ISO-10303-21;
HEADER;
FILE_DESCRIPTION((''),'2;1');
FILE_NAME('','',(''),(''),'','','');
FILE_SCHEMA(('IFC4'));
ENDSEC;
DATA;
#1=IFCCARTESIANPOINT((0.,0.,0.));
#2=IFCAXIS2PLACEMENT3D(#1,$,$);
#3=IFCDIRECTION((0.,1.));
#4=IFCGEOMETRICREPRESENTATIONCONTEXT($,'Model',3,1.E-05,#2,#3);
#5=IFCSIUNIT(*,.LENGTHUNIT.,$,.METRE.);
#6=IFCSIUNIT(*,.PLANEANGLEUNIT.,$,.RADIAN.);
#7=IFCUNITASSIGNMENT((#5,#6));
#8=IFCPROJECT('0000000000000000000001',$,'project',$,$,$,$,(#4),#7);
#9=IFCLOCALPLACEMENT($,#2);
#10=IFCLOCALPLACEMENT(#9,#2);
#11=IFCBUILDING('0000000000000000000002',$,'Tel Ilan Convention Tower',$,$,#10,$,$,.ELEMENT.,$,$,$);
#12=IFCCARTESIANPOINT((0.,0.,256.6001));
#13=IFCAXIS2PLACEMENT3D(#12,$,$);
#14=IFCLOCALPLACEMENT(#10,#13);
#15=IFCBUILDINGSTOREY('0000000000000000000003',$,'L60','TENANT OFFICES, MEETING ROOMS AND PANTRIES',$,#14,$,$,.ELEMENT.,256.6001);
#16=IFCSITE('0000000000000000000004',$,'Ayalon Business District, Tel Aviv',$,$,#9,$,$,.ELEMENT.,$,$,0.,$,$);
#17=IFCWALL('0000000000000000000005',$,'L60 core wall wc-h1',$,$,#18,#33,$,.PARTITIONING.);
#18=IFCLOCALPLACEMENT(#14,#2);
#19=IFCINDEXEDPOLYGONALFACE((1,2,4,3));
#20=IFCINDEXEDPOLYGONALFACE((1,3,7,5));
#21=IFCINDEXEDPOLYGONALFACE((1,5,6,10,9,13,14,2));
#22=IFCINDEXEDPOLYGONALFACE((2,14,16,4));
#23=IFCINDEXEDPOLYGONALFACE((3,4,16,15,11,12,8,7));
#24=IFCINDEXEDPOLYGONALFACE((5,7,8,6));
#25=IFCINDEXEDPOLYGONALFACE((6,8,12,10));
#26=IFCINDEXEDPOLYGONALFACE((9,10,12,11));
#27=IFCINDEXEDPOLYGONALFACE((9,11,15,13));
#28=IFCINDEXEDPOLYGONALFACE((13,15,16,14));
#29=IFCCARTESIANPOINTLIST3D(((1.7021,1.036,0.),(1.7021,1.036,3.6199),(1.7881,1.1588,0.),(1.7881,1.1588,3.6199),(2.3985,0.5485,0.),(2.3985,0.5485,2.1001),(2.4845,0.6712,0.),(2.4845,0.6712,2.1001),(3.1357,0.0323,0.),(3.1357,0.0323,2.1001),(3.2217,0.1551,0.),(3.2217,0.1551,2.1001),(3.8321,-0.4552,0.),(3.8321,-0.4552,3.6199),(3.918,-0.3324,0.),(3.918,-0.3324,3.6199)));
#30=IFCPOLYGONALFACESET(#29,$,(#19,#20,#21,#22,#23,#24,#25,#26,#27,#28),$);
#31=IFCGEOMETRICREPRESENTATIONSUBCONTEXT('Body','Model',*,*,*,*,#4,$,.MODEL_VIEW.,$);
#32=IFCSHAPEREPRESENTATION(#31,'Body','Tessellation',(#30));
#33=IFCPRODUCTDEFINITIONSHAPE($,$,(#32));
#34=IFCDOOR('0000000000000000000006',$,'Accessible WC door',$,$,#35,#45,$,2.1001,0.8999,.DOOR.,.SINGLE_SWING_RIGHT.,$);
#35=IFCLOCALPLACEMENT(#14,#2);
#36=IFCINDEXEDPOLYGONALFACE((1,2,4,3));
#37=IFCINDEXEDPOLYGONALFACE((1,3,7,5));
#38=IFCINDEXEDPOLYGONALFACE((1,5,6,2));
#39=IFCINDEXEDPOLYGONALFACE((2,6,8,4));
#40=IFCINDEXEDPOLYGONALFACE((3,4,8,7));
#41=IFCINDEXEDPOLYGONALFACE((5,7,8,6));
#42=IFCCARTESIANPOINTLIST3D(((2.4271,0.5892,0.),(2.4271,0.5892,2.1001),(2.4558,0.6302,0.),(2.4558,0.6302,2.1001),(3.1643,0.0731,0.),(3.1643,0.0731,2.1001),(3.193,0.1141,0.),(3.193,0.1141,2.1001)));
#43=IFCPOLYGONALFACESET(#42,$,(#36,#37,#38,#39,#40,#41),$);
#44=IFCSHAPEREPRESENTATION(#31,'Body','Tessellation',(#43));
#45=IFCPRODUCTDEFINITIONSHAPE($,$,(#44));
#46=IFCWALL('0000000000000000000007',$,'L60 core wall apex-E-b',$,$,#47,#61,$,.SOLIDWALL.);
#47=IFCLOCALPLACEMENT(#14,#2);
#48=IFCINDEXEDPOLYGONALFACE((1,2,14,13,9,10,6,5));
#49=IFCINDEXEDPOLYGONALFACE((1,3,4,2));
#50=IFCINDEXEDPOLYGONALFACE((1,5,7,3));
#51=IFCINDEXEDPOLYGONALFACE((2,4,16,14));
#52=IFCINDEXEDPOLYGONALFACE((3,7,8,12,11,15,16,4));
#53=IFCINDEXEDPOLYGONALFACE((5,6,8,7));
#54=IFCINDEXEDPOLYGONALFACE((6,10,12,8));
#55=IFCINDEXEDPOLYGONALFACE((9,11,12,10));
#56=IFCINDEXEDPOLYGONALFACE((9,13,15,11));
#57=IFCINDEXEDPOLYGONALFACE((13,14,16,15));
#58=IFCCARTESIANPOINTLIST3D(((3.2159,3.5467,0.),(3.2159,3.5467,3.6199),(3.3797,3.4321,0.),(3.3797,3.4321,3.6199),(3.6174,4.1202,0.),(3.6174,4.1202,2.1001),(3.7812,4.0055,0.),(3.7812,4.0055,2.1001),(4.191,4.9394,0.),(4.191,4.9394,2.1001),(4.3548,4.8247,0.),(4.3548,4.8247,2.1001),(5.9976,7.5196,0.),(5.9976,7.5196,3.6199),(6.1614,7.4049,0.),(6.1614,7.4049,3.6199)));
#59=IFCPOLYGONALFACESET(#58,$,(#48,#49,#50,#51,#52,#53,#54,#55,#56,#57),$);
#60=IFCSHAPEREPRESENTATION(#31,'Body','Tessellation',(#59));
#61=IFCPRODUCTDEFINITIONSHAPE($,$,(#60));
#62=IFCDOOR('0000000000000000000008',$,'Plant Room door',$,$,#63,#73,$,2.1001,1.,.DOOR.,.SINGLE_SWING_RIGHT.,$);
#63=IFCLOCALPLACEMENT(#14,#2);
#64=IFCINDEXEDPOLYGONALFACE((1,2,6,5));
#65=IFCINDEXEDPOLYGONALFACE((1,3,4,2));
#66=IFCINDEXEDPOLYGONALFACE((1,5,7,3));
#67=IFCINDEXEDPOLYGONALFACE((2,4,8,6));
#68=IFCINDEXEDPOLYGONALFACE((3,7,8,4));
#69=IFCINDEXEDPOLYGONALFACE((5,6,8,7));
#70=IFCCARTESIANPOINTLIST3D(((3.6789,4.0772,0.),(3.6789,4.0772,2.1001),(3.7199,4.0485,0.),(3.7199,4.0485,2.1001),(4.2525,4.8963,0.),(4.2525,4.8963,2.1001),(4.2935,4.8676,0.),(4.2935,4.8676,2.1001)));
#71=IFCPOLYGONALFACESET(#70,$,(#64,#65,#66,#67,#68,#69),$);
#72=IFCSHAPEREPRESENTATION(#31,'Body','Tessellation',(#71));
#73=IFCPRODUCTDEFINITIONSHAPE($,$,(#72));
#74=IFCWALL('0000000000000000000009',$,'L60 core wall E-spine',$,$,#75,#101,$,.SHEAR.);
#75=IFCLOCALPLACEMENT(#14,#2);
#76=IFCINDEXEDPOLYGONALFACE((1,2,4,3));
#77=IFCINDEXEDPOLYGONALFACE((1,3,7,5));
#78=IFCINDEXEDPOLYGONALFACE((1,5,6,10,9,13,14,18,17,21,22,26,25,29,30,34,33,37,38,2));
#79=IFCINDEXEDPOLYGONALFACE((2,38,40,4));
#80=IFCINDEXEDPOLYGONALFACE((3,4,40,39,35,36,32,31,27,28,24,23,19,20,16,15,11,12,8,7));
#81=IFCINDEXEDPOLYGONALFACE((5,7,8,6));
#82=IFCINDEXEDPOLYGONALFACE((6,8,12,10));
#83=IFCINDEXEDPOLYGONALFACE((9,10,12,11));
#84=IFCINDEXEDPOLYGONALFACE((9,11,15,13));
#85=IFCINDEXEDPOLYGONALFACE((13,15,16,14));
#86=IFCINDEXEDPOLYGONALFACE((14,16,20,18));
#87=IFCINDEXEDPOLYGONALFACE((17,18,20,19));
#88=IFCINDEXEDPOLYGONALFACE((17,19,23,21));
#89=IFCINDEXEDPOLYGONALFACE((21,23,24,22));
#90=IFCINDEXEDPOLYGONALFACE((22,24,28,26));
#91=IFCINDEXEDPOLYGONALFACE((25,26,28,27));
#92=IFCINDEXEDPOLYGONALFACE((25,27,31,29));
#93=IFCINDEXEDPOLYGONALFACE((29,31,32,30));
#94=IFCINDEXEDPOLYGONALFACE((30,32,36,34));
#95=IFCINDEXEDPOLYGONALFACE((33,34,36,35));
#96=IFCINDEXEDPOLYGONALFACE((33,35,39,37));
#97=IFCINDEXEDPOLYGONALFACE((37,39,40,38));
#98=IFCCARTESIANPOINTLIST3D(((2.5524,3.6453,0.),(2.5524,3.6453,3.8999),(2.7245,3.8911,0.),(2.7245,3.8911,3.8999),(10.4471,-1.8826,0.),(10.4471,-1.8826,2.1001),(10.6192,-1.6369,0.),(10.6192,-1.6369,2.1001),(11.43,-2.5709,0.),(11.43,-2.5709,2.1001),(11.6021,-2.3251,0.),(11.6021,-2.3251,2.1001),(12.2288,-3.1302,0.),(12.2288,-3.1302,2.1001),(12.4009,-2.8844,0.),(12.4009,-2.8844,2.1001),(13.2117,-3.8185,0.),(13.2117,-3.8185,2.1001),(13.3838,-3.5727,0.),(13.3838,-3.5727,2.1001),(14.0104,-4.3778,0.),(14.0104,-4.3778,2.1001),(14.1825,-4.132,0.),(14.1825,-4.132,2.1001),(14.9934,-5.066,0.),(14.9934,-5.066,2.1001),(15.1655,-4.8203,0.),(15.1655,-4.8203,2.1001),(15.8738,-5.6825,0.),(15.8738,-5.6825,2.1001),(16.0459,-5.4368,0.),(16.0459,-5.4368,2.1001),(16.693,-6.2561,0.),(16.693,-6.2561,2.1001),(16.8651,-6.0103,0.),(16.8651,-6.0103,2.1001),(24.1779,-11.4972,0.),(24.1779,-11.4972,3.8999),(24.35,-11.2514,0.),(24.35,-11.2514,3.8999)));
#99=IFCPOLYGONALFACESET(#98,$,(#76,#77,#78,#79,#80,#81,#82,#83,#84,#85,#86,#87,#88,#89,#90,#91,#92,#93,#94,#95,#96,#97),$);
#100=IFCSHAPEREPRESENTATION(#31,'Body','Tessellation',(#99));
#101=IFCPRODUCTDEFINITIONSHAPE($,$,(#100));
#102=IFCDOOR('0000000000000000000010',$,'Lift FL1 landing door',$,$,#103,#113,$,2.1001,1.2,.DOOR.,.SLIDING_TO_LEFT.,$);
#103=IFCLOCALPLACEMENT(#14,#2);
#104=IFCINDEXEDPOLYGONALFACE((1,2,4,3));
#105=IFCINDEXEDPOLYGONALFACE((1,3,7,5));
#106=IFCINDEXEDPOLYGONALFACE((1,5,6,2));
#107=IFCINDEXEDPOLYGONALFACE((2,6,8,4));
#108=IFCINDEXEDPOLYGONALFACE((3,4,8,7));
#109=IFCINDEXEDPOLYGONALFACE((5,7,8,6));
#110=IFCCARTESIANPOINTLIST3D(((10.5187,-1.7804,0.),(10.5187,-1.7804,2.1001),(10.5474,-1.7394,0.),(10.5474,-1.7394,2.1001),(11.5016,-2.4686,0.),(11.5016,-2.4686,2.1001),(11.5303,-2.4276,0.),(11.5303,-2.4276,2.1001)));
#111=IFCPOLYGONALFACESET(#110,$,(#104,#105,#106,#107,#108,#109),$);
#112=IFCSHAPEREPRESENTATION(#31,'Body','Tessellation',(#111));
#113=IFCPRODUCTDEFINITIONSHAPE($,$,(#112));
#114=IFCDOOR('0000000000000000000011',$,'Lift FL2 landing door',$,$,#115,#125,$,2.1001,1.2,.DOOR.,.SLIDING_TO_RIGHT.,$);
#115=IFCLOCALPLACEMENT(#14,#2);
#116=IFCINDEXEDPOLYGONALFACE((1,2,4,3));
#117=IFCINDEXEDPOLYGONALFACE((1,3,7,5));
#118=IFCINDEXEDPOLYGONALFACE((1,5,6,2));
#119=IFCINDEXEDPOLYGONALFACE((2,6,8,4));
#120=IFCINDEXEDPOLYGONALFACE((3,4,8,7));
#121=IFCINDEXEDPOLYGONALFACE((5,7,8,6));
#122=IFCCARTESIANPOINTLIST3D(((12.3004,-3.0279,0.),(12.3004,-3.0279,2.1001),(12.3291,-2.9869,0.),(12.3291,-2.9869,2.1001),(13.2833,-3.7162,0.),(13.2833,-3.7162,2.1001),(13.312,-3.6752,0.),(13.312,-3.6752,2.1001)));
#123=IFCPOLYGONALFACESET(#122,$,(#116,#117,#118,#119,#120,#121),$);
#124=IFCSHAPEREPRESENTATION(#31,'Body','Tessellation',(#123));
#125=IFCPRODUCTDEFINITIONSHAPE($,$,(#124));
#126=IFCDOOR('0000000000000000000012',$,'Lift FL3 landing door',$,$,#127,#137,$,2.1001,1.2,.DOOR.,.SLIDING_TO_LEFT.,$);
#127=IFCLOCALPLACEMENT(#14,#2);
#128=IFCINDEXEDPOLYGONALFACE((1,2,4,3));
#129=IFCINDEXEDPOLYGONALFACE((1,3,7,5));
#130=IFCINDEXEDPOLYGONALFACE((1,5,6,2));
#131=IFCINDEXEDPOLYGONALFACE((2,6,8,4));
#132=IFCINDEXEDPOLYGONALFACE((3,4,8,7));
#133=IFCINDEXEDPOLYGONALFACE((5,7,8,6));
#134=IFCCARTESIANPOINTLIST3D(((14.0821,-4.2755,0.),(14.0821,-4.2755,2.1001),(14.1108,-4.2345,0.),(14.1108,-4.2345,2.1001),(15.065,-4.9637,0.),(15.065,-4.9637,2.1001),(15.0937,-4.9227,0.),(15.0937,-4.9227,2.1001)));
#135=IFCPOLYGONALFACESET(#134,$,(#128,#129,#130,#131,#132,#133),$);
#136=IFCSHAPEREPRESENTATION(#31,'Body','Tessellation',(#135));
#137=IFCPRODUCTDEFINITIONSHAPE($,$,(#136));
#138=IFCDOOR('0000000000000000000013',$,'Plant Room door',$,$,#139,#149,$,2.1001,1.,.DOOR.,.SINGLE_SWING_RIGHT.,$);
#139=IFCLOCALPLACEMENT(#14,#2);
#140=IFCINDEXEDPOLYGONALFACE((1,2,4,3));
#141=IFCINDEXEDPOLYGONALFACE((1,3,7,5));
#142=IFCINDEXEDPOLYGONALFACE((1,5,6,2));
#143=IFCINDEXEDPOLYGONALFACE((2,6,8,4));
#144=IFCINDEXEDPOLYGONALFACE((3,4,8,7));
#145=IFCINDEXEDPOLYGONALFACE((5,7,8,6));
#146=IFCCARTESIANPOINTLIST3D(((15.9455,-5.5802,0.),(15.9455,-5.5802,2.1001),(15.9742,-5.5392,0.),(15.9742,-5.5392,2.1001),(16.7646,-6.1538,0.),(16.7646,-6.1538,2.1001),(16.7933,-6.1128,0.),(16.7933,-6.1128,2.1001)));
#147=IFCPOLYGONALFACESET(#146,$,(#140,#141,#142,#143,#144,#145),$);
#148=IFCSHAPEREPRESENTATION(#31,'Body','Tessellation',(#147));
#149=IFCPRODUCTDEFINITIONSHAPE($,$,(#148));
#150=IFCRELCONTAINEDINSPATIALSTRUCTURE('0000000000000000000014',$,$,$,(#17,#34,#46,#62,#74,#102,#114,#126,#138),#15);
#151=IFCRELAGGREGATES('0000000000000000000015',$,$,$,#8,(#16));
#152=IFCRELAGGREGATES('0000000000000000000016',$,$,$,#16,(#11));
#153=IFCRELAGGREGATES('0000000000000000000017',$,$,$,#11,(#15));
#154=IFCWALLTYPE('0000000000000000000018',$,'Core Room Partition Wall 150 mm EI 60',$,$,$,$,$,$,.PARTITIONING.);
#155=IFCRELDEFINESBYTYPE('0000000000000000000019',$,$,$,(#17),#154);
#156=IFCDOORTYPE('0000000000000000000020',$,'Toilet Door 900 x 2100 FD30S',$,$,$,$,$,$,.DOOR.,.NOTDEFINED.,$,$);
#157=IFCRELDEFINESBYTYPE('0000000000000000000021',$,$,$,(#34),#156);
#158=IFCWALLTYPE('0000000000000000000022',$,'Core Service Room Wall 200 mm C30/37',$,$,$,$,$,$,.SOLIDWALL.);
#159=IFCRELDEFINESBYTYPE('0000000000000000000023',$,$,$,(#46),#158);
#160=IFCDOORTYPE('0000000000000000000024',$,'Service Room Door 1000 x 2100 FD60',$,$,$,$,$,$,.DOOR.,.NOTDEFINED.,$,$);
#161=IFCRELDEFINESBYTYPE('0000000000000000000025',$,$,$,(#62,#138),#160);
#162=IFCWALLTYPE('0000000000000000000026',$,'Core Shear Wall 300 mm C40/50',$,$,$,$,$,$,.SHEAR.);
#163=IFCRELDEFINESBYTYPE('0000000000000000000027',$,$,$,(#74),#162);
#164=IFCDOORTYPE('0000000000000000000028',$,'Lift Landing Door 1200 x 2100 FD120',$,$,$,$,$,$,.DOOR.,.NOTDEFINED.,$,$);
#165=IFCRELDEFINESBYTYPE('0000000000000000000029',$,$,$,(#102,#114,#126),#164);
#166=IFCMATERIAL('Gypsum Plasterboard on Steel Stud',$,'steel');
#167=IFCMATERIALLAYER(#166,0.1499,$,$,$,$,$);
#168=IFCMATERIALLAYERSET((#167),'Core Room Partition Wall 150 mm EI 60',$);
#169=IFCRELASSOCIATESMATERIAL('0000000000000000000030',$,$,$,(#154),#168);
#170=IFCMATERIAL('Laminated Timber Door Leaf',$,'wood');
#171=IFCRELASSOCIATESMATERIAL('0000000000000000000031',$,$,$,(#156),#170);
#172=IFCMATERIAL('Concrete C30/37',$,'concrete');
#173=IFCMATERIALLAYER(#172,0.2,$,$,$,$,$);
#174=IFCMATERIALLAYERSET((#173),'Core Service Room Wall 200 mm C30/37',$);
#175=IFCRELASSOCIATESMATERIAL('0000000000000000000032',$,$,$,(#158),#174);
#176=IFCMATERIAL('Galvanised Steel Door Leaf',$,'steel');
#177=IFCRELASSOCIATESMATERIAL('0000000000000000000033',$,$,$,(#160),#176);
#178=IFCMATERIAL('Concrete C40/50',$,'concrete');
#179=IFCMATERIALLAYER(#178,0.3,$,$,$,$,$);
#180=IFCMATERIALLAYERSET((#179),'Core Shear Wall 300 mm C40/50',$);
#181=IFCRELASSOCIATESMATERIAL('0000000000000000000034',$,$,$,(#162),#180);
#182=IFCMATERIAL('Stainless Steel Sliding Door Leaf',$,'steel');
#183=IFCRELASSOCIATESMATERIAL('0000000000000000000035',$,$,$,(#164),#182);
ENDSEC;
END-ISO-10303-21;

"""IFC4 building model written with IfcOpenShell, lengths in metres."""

from ifc_helpers import new_model, si_unit, direction, frame, frame_2d, origin, place, context, subcontext, project, spatial, polyline, rectangle, outline, extrude, material, layer, layer_set, type_object, element, fill, save


model = new_model("IFC4")

# Units and contexts
model_context = context("Model", 3, precision=1e-05, world=origin(), true_north=direction((0.0, 1.0)))
body_context = subcontext(model_context, "Body", "Model", "MODEL_VIEW")
ifc_project = project(units=[si_unit("LENGTHUNIT", "METRE"), si_unit("PLANEANGLEUNIT", "RADIAN")], contexts=[model_context])

# Site, building, storey
site_placement = place(None, origin())
site = spatial("IfcSite", under=ifc_project, at=site_placement, Name="Ayalon Business District, Tel Aviv", CompositionType="ELEMENT", RefElevation=0.0)
building_placement = place(site_placement, origin())
building = spatial("IfcBuilding", under=site, at=building_placement, Name="Tel Ilan Convention Tower", CompositionType="ELEMENT")
storey_placement = place(building_placement, frame((0.0, 0.0, 256.6001)))
storey = spatial("IfcBuildingStorey", under=building, at=storey_placement, Name="L60", Description="TENANT OFFICES, MEETING ROOMS AND PANTRIES", CompositionType="ELEMENT", Elevation=256.6001)

# Walls, openings, doors
ifc_material_1 = material(Name="Gypsum Plasterboard on Steel Stud", Category="steel")
ifc_layer_1 = layer(ifc_material_1, 0.1499)
ifc_layer_set_1 = layer_set([ifc_layer_1], Name="Core Room Partition Wall 150 mm EI 60")
wall_type_1 = type_object("IfcWallType", Name="Core Room Partition Wall 150 mm EI 60", PredefinedType="PARTITIONING", material=ifc_layer_set_1)
wall_1_placement = place(storey_placement, frame((1.7451, 1.0974, 0.0), z_axis=(0.0, 0.0, 1.0), x_axis=(0.819179, -0.573538, 0.0)))
wall_1 = element("IfcWall", 1, at=wall_1_placement, inside=storey, type_object=wall_type_1, Name="L60 core wall wc-h1", PredefinedType="PARTITIONING", context=body_context, shape_type="SweptSolid", body=[
    extrude(rectangle(XDim=2.6001, YDim=0.1499, at=frame_2d((1.3, 0.0))), origin(), (0.0, 0.0, 1.0), 3.6199),
])
opening_1_placement = place(wall_1_placement, frame((0.8501, 0.0, 0.0)))
opening_1 = element("IfcOpeningElement", 2, at=opening_1_placement, cuts=wall_1, PredefinedType="OPENING", context=body_context, shape_type="SweptSolid", body=[
    extrude(rectangle(XDim=0.8999, YDim=2.1001, at=frame_2d((0.45, 1.05))), frame((0.0, 0.085, 0.0), z_axis=(0.0, -1.0, 0.0), x_axis=(1.0, 0.0, 0.0)), (0.0, 0.0, 1.0), 0.1699),
])
ifc_material_2 = material(Name="Laminated Timber Door Leaf", Category="wood")
door_type_1 = type_object("IfcDoorType", Name="Toilet Door 900 x 2100 FD30S", OperationType="NOTDEFINED", PredefinedType="DOOR", material=ifc_material_2)
door_1_placement = place(opening_1_placement, origin())
door_1 = element("IfcDoor", 3, at=door_1_placement, inside=storey, type_object=door_type_1, Name="Accessible WC door", OperationType="SINGLE_SWING_RIGHT", OverallHeight=2.1001, OverallWidth=0.8999, PredefinedType="DOOR", context=body_context, shape_type="SweptSolid", body=[
    extrude(rectangle(XDim=0.8999, YDim=2.1001, at=frame_2d((0.45, 1.05))), frame((0.0, 0.0249, 0.0), z_axis=(0.0, -1.0, 0.0), x_axis=(1.0, 0.0, 0.0)), (0.0, 0.0, 1.0), 0.05),
])
fill(opening_1, door_1)
ifc_material_3 = material(Name="Concrete C30/37", Category="concrete")
ifc_layer_2 = layer(ifc_material_3, 0.2)
ifc_layer_set_2 = layer_set([ifc_layer_2], Name="Core Service Room Wall 200 mm C30/37")
wall_type_2 = type_object("IfcWallType", Name="Core Service Room Wall 200 mm C30/37", PredefinedType="SOLIDWALL", material=ifc_layer_set_2)
wall_2_placement = place(storey_placement, frame((3.2979, 3.4895, 0.0), z_axis=(0.0, 0.0, 1.0), x_axis=(0.57356, 0.819163, 0.0)))
wall_2 = element("IfcWall", 4, at=wall_2_placement, inside=storey, type_object=wall_type_2, Name="L60 core wall apex-E-b", PredefinedType="SOLIDWALL", context=body_context, shape_type="SweptSolid", body=[
    extrude(rectangle(XDim=4.8499, YDim=0.2, at=frame_2d((2.4248, 0.0))), origin(), (0.0, 0.0, 1.0), 3.6199),
])
opening_2_placement = place(wall_2_placement, frame((0.7, 0.0, 0.0)))
opening_2 = element("IfcOpeningElement", 5, at=opening_2_placement, cuts=wall_2, PredefinedType="OPENING", context=body_context, shape_type="SweptSolid", body=[
    extrude(rectangle(XDim=1.0, YDim=2.1001, at=frame_2d((0.5, 1.05))), frame((0.0, 0.1099, 0.0), z_axis=(0.0, -1.0, 0.0), x_axis=(1.0, 0.0, 0.0)), (0.0, 0.0, 1.0), 0.22),
])
ifc_material_4 = material(Name="Galvanised Steel Door Leaf", Category="steel")
door_type_2 = type_object("IfcDoorType", Name="Service Room Door 1000 x 2100 FD60", OperationType="NOTDEFINED", PredefinedType="DOOR", material=ifc_material_4)
door_2_placement = place(opening_2_placement, origin())
door_2 = element("IfcDoor", 6, at=door_2_placement, inside=storey, type_object=door_type_2, Name="Plant Room door", OperationType="SINGLE_SWING_RIGHT", OverallHeight=2.1001, OverallWidth=1.0, PredefinedType="DOOR", context=body_context, shape_type="SweptSolid", body=[
    extrude(rectangle(XDim=1.0, YDim=2.1001, at=frame_2d((0.5, 1.05))), frame((0.0, 0.0249, 0.0), z_axis=(0.0, -1.0, 0.0), x_axis=(1.0, 0.0, 0.0)), (0.0, 0.0, 1.0), 0.05),
])
fill(opening_2, door_2)

# Wall, openings, doors
ifc_material_5 = material(Name="Concrete C40/50", Category="concrete")
ifc_layer_3 = layer(ifc_material_5, 0.3)
ifc_layer_set_3 = layer_set([ifc_layer_3], Name="Core Shear Wall 300 mm C40/50")
wall_type_3 = type_object("IfcWallType", Name="Core Shear Wall 300 mm C40/50", PredefinedType="SHEAR", material=ifc_layer_set_3)
wall_3_placement = place(storey_placement, frame((2.6384, 3.7681, 0.0), z_axis=(0.0, 0.0, 1.0), x_axis=(0.819155, -0.573572, 0.0)))
wall_3 = element("IfcWall", 7, at=wall_3_placement, inside=storey, type_object=wall_type_3, Name="L60 core wall E-spine", PredefinedType="SHEAR", context=body_context, shape_type="SweptSolid", body=[
    extrude(outline(polyline([(0.0, 0.1501), (0.0, -0.1499), (26.3999, -0.1501), (26.3999, 0.1499), (0.0, 0.1501)])), origin(), (0.0, 0.0, 1.0), 3.8999),
])
opening_3_placement = place(wall_3_placement, frame((9.6375, 0.0, 0.0)))
opening_3 = element("IfcOpeningElement", 8, at=opening_3_placement, cuts=wall_3, PredefinedType="OPENING", context=body_context, shape_type="SweptSolid", body=[
    extrude(rectangle(XDim=1.2, YDim=2.1001, at=frame_2d((0.6001, 1.05))), frame((0.0, 0.1599, 0.0), z_axis=(0.0, -1.0, 0.0), x_axis=(1.0, 0.0, 0.0)), (0.0, 0.0, 1.0), 0.3201),
])
opening_4_placement = place(wall_3_placement, frame((11.8125, 0.0, 0.0)))
opening_4 = element("IfcOpeningElement", 9, at=opening_4_placement, cuts=wall_3, PredefinedType="OPENING", context=body_context, shape_type="SweptSolid", body=[
    extrude(rectangle(XDim=1.2, YDim=2.1001, at=frame_2d((0.6001, 1.05))), frame((0.0, 0.1599, 0.0), z_axis=(0.0, -1.0, 0.0), x_axis=(1.0, 0.0, 0.0)), (0.0, 0.0, 1.0), 0.3201),
])
opening_5_placement = place(wall_3_placement, frame((13.9875, 0.0, 0.0)))
opening_5 = element("IfcOpeningElement", 10, at=opening_5_placement, cuts=wall_3, PredefinedType="OPENING", context=body_context, shape_type="SweptSolid", body=[
    extrude(rectangle(XDim=1.2, YDim=2.1001, at=frame_2d((0.6001, 1.05))), frame((0.0, 0.1599, 0.0), z_axis=(0.0, -1.0, 0.0), x_axis=(1.0, 0.0, 0.0)), (0.0, 0.0, 1.0), 0.3201),
])
opening_6_placement = place(wall_3_placement, frame((16.2625, 0.0, 0.0)))
opening_6 = element("IfcOpeningElement", 11, at=opening_6_placement, cuts=wall_3, PredefinedType="OPENING", context=body_context, shape_type="SweptSolid", body=[
    extrude(rectangle(XDim=1.0, YDim=2.1001, at=frame_2d((0.5, 1.05))), frame((0.0, 0.1599, 0.0), z_axis=(0.0, -1.0, 0.0), x_axis=(1.0, 0.0, 0.0)), (0.0, 0.0, 1.0), 0.3201),
])
ifc_material_6 = material(Name="Stainless Steel Sliding Door Leaf", Category="steel")
door_type_3 = type_object("IfcDoorType", Name="Lift Landing Door 1200 x 2100 FD120", OperationType="NOTDEFINED", PredefinedType="DOOR", material=ifc_material_6)
door_3_placement = place(opening_3_placement, origin())
door_3 = element("IfcDoor", 12, at=door_3_placement, inside=storey, type_object=door_type_3, Name="Lift FL1 landing door", OperationType="SLIDING_TO_LEFT", OverallHeight=2.1001, OverallWidth=1.2, PredefinedType="DOOR", context=body_context, shape_type="SweptSolid", body=[
    extrude(rectangle(XDim=1.2, YDim=2.1001, at=frame_2d((0.6001, 1.05))), frame((0.0, 0.0249, 0.0), z_axis=(0.0, -1.0, 0.0), x_axis=(1.0, 0.0, 0.0)), (0.0, 0.0, 1.0), 0.05),
])
fill(opening_3, door_3)
door_4_placement = place(opening_4_placement, origin())
door_4 = element("IfcDoor", 13, at=door_4_placement, inside=storey, type_object=door_type_3, Name="Lift FL2 landing door", OperationType="SLIDING_TO_RIGHT", OverallHeight=2.1001, OverallWidth=1.2, PredefinedType="DOOR", context=body_context, shape_type="SweptSolid", body=[
    extrude(rectangle(XDim=1.2, YDim=2.1001, at=frame_2d((0.6001, 1.05))), frame((0.0, 0.0249, 0.0), z_axis=(0.0, -1.0, 0.0), x_axis=(1.0, 0.0, 0.0)), (0.0, 0.0, 1.0), 0.05),
])
fill(opening_4, door_4)
door_5_placement = place(opening_5_placement, origin())
door_5 = element("IfcDoor", 14, at=door_5_placement, inside=storey, type_object=door_type_3, Name="Lift FL3 landing door", OperationType="SLIDING_TO_LEFT", OverallHeight=2.1001, OverallWidth=1.2, PredefinedType="DOOR", context=body_context, shape_type="SweptSolid", body=[
    extrude(rectangle(XDim=1.2, YDim=2.1001, at=frame_2d((0.6001, 1.05))), frame((0.0, 0.0249, 0.0), z_axis=(0.0, -1.0, 0.0), x_axis=(1.0, 0.0, 0.0)), (0.0, 0.0, 1.0), 0.05),
])
fill(opening_5, door_5)
door_6_placement = place(opening_6_placement, origin())
door_6 = element("IfcDoor", 15, at=door_6_placement, inside=storey, type_object=door_type_2, Name="Plant Room door", OperationType="SINGLE_SWING_RIGHT", OverallHeight=2.1001, OverallWidth=1.0, PredefinedType="DOOR", context=body_context, shape_type="SweptSolid", body=[
    extrude(rectangle(XDim=1.0, YDim=2.1001, at=frame_2d((0.5, 1.05))), frame((0.0, 0.0249, 0.0), z_axis=(0.0, -1.0, 0.0), x_axis=(1.0, 0.0, 0.0)), (0.0, 0.0, 1.0), 0.05),
])
fill(opening_6, door_6)

save(model, "model.ifc")
